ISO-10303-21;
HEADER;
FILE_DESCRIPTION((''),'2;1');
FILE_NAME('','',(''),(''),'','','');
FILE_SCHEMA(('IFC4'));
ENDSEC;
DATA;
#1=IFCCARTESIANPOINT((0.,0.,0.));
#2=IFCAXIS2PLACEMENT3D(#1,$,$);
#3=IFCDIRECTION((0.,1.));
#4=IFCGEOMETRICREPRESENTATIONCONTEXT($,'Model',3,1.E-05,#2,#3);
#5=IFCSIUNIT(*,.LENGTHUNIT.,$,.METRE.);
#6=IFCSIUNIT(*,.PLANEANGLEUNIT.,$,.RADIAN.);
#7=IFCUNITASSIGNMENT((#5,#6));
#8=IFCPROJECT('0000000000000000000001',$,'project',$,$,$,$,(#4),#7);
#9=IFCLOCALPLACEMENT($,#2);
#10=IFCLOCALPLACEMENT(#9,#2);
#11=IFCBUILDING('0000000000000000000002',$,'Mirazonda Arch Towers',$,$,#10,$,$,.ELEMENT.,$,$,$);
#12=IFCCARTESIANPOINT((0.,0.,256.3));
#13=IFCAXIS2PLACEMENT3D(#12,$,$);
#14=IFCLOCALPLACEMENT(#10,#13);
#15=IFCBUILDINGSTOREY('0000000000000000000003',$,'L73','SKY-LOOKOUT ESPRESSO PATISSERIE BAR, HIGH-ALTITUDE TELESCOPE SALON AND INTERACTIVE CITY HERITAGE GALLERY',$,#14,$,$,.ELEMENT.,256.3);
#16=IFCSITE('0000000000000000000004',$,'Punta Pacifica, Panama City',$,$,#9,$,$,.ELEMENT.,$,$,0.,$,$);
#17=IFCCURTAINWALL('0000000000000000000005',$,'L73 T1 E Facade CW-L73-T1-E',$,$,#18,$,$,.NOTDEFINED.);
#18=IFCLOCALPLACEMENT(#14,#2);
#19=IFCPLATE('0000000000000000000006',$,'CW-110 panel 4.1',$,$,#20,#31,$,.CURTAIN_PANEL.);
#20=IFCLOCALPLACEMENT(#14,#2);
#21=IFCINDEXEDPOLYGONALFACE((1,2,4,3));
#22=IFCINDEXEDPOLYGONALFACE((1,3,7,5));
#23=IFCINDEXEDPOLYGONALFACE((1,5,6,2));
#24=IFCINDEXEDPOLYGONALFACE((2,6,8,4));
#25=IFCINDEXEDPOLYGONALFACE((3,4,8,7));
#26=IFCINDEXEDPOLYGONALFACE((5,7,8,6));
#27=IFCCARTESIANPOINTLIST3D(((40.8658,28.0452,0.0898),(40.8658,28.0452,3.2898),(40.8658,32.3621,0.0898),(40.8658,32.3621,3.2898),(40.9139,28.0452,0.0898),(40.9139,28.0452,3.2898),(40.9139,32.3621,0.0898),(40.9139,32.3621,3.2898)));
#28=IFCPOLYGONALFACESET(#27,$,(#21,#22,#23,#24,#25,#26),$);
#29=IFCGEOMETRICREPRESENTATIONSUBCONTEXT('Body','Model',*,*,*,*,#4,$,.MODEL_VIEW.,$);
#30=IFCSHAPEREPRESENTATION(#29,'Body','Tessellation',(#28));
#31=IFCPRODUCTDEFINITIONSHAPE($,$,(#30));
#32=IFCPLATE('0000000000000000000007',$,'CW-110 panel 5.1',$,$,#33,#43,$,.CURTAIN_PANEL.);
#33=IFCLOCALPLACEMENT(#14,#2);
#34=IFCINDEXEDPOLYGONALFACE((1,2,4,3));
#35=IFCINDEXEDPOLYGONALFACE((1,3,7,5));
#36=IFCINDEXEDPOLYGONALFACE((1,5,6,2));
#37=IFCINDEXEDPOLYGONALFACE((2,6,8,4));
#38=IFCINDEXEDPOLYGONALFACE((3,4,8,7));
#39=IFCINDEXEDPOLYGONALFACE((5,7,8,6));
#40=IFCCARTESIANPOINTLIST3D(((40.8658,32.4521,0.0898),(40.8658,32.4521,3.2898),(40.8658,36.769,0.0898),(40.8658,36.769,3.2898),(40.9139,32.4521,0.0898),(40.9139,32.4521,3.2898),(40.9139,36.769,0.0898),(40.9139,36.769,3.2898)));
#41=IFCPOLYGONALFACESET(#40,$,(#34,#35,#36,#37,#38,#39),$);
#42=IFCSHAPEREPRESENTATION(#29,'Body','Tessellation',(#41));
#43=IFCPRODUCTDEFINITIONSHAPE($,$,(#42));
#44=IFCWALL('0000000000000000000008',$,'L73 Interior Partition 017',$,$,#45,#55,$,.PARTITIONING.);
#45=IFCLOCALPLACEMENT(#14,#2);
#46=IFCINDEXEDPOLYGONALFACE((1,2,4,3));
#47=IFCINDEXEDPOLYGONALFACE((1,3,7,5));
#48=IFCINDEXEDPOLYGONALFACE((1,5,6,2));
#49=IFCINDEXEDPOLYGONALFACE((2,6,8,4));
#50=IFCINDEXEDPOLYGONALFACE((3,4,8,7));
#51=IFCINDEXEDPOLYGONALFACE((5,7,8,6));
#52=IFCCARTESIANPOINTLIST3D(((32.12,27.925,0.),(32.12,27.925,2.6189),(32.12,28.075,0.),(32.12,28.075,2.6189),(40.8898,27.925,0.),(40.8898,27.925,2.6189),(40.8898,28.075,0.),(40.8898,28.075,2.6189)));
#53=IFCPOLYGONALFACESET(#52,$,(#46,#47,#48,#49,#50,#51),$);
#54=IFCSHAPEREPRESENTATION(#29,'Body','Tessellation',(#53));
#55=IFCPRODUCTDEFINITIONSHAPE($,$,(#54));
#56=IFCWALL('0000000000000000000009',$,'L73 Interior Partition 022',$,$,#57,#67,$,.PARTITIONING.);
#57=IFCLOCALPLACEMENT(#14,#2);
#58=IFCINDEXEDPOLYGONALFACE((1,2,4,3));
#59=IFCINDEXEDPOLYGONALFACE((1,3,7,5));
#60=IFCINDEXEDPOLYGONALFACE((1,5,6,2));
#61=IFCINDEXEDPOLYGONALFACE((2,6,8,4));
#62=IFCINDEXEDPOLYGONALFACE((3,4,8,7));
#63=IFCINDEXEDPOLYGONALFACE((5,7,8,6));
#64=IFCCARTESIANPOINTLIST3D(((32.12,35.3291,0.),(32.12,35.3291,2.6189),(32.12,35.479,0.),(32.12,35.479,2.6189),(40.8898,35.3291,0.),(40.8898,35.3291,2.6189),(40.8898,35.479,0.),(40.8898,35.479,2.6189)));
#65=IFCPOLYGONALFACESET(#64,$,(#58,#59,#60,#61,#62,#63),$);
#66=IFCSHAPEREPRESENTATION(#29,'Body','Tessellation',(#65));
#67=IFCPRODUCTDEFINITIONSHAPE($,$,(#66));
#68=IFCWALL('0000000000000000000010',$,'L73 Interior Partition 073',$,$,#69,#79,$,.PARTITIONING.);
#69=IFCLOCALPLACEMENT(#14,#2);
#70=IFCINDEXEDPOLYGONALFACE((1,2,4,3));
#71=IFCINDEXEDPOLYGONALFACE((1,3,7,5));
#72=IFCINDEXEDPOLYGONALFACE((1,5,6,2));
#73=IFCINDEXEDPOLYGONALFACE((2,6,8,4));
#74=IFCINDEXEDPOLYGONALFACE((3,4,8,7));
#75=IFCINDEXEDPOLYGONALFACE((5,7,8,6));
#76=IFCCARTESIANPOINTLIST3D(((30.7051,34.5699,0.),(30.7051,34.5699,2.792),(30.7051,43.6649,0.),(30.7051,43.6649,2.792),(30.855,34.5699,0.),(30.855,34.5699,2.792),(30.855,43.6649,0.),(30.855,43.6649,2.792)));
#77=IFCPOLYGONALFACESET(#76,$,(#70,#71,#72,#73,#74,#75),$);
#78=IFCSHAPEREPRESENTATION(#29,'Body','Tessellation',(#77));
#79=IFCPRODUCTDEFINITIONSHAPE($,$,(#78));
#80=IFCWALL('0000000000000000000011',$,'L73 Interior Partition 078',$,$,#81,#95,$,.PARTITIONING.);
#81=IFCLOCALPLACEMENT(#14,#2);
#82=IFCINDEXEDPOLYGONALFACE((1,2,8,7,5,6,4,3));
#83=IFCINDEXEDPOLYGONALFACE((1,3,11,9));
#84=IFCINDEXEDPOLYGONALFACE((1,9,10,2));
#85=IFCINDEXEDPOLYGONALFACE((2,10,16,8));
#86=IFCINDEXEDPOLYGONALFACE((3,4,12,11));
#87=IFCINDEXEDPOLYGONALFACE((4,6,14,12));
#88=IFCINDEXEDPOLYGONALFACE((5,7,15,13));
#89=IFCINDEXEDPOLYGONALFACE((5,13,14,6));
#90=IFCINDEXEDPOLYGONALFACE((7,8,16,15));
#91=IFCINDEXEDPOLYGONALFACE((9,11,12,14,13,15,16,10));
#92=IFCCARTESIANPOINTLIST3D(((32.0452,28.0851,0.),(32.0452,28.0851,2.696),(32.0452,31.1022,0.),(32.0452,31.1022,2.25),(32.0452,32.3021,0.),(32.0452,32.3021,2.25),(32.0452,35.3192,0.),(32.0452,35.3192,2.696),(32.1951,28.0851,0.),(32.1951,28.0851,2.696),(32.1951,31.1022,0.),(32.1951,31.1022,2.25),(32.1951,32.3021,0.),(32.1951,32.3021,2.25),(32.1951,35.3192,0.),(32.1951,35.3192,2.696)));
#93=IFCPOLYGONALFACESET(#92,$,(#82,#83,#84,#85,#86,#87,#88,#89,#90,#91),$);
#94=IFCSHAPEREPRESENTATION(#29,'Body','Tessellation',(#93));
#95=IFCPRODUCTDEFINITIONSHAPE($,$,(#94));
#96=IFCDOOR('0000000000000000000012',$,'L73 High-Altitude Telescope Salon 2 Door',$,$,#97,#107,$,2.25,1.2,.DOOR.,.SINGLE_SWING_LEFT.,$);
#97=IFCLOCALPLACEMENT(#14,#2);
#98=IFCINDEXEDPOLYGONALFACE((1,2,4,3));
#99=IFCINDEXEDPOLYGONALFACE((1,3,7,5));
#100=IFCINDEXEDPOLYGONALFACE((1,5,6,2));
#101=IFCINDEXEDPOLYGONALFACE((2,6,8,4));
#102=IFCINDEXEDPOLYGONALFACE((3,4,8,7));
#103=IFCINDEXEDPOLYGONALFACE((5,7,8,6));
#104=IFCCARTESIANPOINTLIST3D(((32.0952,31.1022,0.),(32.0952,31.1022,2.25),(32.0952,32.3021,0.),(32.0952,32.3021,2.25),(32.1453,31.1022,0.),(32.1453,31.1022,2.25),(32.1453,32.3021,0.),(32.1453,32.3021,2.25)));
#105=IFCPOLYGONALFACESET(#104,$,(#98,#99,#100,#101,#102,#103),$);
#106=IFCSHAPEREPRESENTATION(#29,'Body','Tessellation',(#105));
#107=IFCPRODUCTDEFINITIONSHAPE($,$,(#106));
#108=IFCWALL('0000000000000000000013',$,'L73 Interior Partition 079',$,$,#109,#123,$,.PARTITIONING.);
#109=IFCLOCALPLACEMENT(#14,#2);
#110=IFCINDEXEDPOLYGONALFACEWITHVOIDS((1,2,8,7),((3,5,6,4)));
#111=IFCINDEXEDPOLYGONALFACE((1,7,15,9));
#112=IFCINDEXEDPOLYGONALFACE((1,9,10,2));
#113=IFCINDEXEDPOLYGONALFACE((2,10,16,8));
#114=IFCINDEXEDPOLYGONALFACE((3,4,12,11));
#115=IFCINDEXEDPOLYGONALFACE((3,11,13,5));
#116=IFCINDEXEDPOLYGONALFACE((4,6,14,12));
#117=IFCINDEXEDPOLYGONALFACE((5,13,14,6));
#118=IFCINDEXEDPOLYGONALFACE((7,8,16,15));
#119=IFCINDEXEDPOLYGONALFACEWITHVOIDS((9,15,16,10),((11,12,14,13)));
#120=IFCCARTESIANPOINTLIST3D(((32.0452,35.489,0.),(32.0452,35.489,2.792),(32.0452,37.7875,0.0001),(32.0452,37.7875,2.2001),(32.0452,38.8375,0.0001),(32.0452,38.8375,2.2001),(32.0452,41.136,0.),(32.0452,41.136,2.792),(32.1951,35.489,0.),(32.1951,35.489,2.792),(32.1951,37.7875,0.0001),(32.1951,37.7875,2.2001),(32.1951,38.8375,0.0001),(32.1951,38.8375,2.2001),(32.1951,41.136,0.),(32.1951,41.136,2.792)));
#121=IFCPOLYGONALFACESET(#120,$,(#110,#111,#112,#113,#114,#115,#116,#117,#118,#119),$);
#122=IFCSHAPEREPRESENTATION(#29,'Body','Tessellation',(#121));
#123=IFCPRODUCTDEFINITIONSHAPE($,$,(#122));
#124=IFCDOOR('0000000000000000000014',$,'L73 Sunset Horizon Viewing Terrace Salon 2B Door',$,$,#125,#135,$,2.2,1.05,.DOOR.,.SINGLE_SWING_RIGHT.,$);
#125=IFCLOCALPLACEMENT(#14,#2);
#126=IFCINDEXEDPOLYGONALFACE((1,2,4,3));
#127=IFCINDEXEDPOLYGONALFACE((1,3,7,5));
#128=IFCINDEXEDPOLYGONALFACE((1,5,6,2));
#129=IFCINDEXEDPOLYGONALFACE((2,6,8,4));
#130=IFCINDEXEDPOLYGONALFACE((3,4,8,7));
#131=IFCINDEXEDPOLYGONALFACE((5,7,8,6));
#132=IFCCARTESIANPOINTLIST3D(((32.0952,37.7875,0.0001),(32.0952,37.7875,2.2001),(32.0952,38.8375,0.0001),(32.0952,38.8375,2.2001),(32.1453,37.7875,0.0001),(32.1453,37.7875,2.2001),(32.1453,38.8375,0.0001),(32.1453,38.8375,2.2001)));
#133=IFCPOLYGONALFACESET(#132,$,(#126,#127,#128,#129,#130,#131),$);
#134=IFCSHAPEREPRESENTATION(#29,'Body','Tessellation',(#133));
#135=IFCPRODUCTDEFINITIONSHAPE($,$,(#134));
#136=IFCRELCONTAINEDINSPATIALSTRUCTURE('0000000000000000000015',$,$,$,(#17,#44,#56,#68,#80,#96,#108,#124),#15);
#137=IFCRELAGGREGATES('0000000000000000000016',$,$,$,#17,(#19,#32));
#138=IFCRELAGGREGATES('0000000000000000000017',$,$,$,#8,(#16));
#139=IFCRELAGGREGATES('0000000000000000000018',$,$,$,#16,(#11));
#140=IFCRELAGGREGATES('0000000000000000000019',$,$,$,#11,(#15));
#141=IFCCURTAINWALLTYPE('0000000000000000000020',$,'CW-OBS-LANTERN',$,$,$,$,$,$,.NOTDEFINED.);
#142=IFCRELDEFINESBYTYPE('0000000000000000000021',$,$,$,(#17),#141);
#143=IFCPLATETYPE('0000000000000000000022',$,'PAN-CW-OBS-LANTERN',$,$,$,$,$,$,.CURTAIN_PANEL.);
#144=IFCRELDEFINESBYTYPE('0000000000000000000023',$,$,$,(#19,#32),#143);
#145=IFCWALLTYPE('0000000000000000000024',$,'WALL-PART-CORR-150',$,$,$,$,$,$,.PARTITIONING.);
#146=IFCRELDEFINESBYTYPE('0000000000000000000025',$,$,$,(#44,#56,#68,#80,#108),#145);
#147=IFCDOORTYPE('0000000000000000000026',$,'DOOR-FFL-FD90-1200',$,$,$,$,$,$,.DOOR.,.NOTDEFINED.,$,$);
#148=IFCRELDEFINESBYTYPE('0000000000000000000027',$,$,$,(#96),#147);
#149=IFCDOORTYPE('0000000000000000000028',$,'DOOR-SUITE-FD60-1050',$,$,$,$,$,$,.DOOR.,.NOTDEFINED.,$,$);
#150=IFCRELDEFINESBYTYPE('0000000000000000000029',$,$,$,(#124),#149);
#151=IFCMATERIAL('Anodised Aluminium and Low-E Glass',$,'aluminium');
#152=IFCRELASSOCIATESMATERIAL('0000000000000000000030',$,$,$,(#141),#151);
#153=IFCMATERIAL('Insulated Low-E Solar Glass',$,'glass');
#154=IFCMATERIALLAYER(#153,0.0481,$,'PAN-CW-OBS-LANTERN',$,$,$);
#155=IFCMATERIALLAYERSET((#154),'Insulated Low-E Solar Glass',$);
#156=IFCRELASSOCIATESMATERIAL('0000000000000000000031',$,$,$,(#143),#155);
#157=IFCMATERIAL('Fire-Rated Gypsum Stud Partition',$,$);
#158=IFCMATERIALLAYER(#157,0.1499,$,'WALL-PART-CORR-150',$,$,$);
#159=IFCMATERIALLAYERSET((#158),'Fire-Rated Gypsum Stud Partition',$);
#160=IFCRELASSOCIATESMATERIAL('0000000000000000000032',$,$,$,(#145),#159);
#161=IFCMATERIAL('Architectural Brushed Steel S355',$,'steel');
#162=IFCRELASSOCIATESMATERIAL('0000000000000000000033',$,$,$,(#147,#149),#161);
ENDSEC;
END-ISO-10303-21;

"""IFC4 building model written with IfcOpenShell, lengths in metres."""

from ifc_helpers import new_model, si_unit, direction, frame, frame_2d, origin, origin_2d, place, context, subcontext, project, spatial, rectangle, extrude, material, layer, layer_set, type_object, element, fill, aggregate, save


model = new_model("IFC4")

# Units and contexts
model_context = context("Model", 3, precision=1e-05, world=origin(), true_north=direction((0.0, 1.0)))
body_context = subcontext(model_context, "Body", "Model", "MODEL_VIEW")
ifc_project = project(units=[si_unit("LENGTHUNIT", "METRE"), si_unit("PLANEANGLEUNIT", "RADIAN")], contexts=[model_context])

# Site, building, storey
site_placement = place(None, origin())
site = spatial("IfcSite", under=ifc_project, at=site_placement, Name="Punta Pacifica, Panama City", CompositionType="ELEMENT", RefElevation=0.0)
building_placement = place(site_placement, origin())
building = spatial("IfcBuilding", under=site, at=building_placement, Name="Mirazonda Arch Towers", CompositionType="ELEMENT")
storey_placement = place(building_placement, frame((0.0, 0.0, 256.3)))
storey = spatial("IfcBuildingStorey", under=building, at=storey_placement, Name="L73", Description="SKY-LOOKOUT ESPRESSO PATISSERIE BAR, HIGH-ALTITUDE TELESCOPE SALON AND INTERACTIVE CITY HERITAGE GALLERY", CompositionType="ELEMENT", Elevation=256.3)

# Curtain wall, plates
ifc_material_1 = material(Name="Anodised Aluminium and Low-E Glass", Category="aluminium")
curtain_wall_type = type_object("IfcCurtainWallType", Name="CW-OBS-LANTERN", PredefinedType="NOTDEFINED", material=ifc_material_1)
curtain_wall_placement = place(storey_placement, origin())
curtain_wall = element("IfcCurtainWall", 1, at=curtain_wall_placement, inside=storey, type_object=curtain_wall_type, Name="L73 T1 E Facade CW-L73-T1-E", PredefinedType="NOTDEFINED")
ifc_material_2 = material(Name="Insulated Low-E Solar Glass", Category="glass")
ifc_layer_1 = layer(ifc_material_2, 0.0481, Name="PAN-CW-OBS-LANTERN")
ifc_layer_set_1 = layer_set([ifc_layer_1], Name="Insulated Low-E Solar Glass")
plate_type = type_object("IfcPlateType", Name="PAN-CW-OBS-LANTERN", PredefinedType="CURTAIN_PANEL", material=ifc_layer_set_1)
plate_1_placement = place(storey_placement, frame((40.8899, 30.2036, 0.0898), z_axis=(0.0, 0.0, 1.0), x_axis=(0.0, 1.0, 0.0)))
plate_1 = element("IfcPlate", 2, at=plate_1_placement, type_object=plate_type, Name="CW-110 panel 4.1", PredefinedType="CURTAIN_PANEL", context=body_context, shape_type="SweptSolid", body=[
    extrude(rectangle(XDim=4.3169, YDim=0.0481, at=origin_2d()), origin(), (0.0, 0.0, 1.0), 3.2),
])
plate_2_placement = place(storey_placement, frame((40.8899, 34.6106, 0.0898), z_axis=(0.0, 0.0, 1.0), x_axis=(0.0, 1.0, 0.0)))
plate_2 = element("IfcPlate", 3, at=plate_2_placement, type_object=plate_type, Name="CW-110 panel 5.1", PredefinedType="CURTAIN_PANEL", context=body_context, shape_type="SweptSolid", body=[
    extrude(rectangle(XDim=4.3169, YDim=0.0481, at=origin_2d()), origin(), (0.0, 0.0, 1.0), 3.2),
])
aggregate(curtain_wall, [plate_1, plate_2])

# Walls
ifc_material_3 = material(Name="Fire-Rated Gypsum Stud Partition")
ifc_layer_2 = layer(ifc_material_3, 0.1499, Name="WALL-PART-CORR-150")
ifc_layer_set_2 = layer_set([ifc_layer_2], Name="Fire-Rated Gypsum Stud Partition")
wall_type = type_object("IfcWallType", Name="WALL-PART-CORR-150", PredefinedType="PARTITIONING", material=ifc_layer_set_2)
for number, where, z_axis, x_axis, name in (
    (4, (32.1201, 28.0, 0.0), (0.0, 0.0, 1.0), (1.0, 0.0, 0.0), "L73 Interior Partition 017"),
    (5, (32.1201, 35.4041, 0.0), (0.0, 0.0, 1.0), (1.0, 0.0, 0.0), "L73 Interior Partition 022"),
):
    element("IfcWall", number, at=place(storey_placement, frame(where, z_axis=z_axis, x_axis=x_axis)), inside=storey, type_object=wall_type, Name=name, PredefinedType="PARTITIONING", context=body_context, shape_type="SweptSolid", body=[
        extrude(rectangle(XDim=8.7698, YDim=0.1499, at=frame_2d((4.3848, 0.0))), origin(), (0.0, 0.0, 1.0), 2.6189),
    ])
wall_1_placement = place(storey_placement, frame((30.78, 34.5701, 0.0), z_axis=(0.0, 0.0, 1.0), x_axis=(0.0, 1.0, 0.0)))
element("IfcWall", 6, at=wall_1_placement, inside=storey, type_object=wall_type, Name="L73 Interior Partition 073", PredefinedType="PARTITIONING", context=body_context, shape_type="SweptSolid", body=[
    extrude(rectangle(XDim=9.095, YDim=0.1499, at=frame_2d((4.5474, 0.0))), origin(), (0.0, 0.0, 1.0), 2.792),
])

# Walls, openings, doors
wall_2_placement = place(storey_placement, frame((32.1201, 28.085, 0.0), z_axis=(0.0, 0.0, 1.0), x_axis=(0.0, 1.0, 0.0)))
wall_2 = element("IfcWall", 7, at=wall_2_placement, inside=storey, type_object=wall_type, Name="L73 Interior Partition 078", PredefinedType="PARTITIONING", context=body_context, shape_type="SweptSolid", body=[
    extrude(rectangle(XDim=7.2341, YDim=0.1499, at=frame_2d((3.6172, 0.0))), origin(), (0.0, 0.0, 1.0), 2.696),
])
opening_1_placement = place(wall_2_placement, frame((3.0171, 0.0, 0.0)))
opening_1 = element("IfcOpeningElement", 8, at=opening_1_placement, cuts=wall_2, PredefinedType="OPENING", context=body_context, shape_type="SweptSolid", body=[
    extrude(rectangle(XDim=1.2, YDim=2.25, at=frame_2d((0.6001, 1.125))), frame((0.0, 0.085, 0.0), z_axis=(0.0, -1.0, 0.0), x_axis=(1.0, 0.0, 0.0)), (0.0, 0.0, 1.0), 0.1699),
])
ifc_material_4 = material(Name="Architectural Brushed Steel S355", Category="steel")
door_type_1 = type_object("IfcDoorType", Name="DOOR-FFL-FD90-1200", OperationType="NOTDEFINED", PredefinedType="DOOR", material=ifc_material_4)
door_1_placement = place(opening_1_placement, origin())
door_1 = element("IfcDoor", 9, at=door_1_placement, inside=storey, type_object=door_type_1, Name="L73 High-Altitude Telescope Salon 2 Door", OperationType="SINGLE_SWING_LEFT", OverallHeight=2.25, OverallWidth=1.2, PredefinedType="DOOR", context=body_context, shape_type="SweptSolid", body=[
    extrude(rectangle(XDim=1.2, YDim=2.25, at=frame_2d((0.6001, 1.125))), frame((0.0, 0.0249, 0.0), z_axis=(0.0, -1.0, 0.0), x_axis=(1.0, 0.0, 0.0)), (0.0, 0.0, 1.0), 0.05),
])
fill(opening_1, door_1)
wall_3_placement = place(storey_placement, frame((32.1201, 35.489, 0.0), z_axis=(0.0, 0.0, 1.0), x_axis=(0.0, 1.0, 0.0)))
wall_3 = element("IfcWall", 10, at=wall_3_placement, inside=storey, type_object=wall_type, Name="L73 Interior Partition 079", PredefinedType="PARTITIONING", context=body_context, shape_type="SweptSolid", body=[
    extrude(rectangle(XDim=5.647, YDim=0.1499, at=frame_2d((2.8235, 0.0))), origin(), (0.0, 0.0, 1.0), 2.792),
])
opening_2_placement = place(wall_3_placement, frame((2.2986, 0.0, 0.0)))
opening_2 = element("IfcOpeningElement", 11, at=opening_2_placement, cuts=wall_3, PredefinedType="OPENING", context=body_context, shape_type="SweptSolid", body=[
    extrude(rectangle(XDim=1.05, YDim=2.2, at=frame_2d((0.5249, 1.1001))), frame((0.0, 0.085, 0.0), z_axis=(0.0, -1.0, 0.0), x_axis=(1.0, 0.0, 0.0)), (0.0, 0.0, 1.0), 0.1699),
])
door_type_2 = type_object("IfcDoorType", Name="DOOR-SUITE-FD60-1050", OperationType="NOTDEFINED", PredefinedType="DOOR", material=ifc_material_4)
door_2_placement = place(opening_2_placement, origin())
door_2 = element("IfcDoor", 12, at=door_2_placement, inside=storey, type_object=door_type_2, Name="L73 Sunset Horizon Viewing Terrace Salon 2B Door", OperationType="SINGLE_SWING_RIGHT", OverallHeight=2.2, OverallWidth=1.05, PredefinedType="DOOR", context=body_context, shape_type="SweptSolid", body=[
    extrude(rectangle(XDim=1.05, YDim=2.2, at=frame_2d((0.5249, 1.1001))), frame((0.0, 0.0249, 0.0), z_axis=(0.0, -1.0, 0.0), x_axis=(1.0, 0.0, 0.0)), (0.0, 0.0, 1.0), 0.05),
])
fill(opening_2, door_2)

save(model, "model.ifc")
